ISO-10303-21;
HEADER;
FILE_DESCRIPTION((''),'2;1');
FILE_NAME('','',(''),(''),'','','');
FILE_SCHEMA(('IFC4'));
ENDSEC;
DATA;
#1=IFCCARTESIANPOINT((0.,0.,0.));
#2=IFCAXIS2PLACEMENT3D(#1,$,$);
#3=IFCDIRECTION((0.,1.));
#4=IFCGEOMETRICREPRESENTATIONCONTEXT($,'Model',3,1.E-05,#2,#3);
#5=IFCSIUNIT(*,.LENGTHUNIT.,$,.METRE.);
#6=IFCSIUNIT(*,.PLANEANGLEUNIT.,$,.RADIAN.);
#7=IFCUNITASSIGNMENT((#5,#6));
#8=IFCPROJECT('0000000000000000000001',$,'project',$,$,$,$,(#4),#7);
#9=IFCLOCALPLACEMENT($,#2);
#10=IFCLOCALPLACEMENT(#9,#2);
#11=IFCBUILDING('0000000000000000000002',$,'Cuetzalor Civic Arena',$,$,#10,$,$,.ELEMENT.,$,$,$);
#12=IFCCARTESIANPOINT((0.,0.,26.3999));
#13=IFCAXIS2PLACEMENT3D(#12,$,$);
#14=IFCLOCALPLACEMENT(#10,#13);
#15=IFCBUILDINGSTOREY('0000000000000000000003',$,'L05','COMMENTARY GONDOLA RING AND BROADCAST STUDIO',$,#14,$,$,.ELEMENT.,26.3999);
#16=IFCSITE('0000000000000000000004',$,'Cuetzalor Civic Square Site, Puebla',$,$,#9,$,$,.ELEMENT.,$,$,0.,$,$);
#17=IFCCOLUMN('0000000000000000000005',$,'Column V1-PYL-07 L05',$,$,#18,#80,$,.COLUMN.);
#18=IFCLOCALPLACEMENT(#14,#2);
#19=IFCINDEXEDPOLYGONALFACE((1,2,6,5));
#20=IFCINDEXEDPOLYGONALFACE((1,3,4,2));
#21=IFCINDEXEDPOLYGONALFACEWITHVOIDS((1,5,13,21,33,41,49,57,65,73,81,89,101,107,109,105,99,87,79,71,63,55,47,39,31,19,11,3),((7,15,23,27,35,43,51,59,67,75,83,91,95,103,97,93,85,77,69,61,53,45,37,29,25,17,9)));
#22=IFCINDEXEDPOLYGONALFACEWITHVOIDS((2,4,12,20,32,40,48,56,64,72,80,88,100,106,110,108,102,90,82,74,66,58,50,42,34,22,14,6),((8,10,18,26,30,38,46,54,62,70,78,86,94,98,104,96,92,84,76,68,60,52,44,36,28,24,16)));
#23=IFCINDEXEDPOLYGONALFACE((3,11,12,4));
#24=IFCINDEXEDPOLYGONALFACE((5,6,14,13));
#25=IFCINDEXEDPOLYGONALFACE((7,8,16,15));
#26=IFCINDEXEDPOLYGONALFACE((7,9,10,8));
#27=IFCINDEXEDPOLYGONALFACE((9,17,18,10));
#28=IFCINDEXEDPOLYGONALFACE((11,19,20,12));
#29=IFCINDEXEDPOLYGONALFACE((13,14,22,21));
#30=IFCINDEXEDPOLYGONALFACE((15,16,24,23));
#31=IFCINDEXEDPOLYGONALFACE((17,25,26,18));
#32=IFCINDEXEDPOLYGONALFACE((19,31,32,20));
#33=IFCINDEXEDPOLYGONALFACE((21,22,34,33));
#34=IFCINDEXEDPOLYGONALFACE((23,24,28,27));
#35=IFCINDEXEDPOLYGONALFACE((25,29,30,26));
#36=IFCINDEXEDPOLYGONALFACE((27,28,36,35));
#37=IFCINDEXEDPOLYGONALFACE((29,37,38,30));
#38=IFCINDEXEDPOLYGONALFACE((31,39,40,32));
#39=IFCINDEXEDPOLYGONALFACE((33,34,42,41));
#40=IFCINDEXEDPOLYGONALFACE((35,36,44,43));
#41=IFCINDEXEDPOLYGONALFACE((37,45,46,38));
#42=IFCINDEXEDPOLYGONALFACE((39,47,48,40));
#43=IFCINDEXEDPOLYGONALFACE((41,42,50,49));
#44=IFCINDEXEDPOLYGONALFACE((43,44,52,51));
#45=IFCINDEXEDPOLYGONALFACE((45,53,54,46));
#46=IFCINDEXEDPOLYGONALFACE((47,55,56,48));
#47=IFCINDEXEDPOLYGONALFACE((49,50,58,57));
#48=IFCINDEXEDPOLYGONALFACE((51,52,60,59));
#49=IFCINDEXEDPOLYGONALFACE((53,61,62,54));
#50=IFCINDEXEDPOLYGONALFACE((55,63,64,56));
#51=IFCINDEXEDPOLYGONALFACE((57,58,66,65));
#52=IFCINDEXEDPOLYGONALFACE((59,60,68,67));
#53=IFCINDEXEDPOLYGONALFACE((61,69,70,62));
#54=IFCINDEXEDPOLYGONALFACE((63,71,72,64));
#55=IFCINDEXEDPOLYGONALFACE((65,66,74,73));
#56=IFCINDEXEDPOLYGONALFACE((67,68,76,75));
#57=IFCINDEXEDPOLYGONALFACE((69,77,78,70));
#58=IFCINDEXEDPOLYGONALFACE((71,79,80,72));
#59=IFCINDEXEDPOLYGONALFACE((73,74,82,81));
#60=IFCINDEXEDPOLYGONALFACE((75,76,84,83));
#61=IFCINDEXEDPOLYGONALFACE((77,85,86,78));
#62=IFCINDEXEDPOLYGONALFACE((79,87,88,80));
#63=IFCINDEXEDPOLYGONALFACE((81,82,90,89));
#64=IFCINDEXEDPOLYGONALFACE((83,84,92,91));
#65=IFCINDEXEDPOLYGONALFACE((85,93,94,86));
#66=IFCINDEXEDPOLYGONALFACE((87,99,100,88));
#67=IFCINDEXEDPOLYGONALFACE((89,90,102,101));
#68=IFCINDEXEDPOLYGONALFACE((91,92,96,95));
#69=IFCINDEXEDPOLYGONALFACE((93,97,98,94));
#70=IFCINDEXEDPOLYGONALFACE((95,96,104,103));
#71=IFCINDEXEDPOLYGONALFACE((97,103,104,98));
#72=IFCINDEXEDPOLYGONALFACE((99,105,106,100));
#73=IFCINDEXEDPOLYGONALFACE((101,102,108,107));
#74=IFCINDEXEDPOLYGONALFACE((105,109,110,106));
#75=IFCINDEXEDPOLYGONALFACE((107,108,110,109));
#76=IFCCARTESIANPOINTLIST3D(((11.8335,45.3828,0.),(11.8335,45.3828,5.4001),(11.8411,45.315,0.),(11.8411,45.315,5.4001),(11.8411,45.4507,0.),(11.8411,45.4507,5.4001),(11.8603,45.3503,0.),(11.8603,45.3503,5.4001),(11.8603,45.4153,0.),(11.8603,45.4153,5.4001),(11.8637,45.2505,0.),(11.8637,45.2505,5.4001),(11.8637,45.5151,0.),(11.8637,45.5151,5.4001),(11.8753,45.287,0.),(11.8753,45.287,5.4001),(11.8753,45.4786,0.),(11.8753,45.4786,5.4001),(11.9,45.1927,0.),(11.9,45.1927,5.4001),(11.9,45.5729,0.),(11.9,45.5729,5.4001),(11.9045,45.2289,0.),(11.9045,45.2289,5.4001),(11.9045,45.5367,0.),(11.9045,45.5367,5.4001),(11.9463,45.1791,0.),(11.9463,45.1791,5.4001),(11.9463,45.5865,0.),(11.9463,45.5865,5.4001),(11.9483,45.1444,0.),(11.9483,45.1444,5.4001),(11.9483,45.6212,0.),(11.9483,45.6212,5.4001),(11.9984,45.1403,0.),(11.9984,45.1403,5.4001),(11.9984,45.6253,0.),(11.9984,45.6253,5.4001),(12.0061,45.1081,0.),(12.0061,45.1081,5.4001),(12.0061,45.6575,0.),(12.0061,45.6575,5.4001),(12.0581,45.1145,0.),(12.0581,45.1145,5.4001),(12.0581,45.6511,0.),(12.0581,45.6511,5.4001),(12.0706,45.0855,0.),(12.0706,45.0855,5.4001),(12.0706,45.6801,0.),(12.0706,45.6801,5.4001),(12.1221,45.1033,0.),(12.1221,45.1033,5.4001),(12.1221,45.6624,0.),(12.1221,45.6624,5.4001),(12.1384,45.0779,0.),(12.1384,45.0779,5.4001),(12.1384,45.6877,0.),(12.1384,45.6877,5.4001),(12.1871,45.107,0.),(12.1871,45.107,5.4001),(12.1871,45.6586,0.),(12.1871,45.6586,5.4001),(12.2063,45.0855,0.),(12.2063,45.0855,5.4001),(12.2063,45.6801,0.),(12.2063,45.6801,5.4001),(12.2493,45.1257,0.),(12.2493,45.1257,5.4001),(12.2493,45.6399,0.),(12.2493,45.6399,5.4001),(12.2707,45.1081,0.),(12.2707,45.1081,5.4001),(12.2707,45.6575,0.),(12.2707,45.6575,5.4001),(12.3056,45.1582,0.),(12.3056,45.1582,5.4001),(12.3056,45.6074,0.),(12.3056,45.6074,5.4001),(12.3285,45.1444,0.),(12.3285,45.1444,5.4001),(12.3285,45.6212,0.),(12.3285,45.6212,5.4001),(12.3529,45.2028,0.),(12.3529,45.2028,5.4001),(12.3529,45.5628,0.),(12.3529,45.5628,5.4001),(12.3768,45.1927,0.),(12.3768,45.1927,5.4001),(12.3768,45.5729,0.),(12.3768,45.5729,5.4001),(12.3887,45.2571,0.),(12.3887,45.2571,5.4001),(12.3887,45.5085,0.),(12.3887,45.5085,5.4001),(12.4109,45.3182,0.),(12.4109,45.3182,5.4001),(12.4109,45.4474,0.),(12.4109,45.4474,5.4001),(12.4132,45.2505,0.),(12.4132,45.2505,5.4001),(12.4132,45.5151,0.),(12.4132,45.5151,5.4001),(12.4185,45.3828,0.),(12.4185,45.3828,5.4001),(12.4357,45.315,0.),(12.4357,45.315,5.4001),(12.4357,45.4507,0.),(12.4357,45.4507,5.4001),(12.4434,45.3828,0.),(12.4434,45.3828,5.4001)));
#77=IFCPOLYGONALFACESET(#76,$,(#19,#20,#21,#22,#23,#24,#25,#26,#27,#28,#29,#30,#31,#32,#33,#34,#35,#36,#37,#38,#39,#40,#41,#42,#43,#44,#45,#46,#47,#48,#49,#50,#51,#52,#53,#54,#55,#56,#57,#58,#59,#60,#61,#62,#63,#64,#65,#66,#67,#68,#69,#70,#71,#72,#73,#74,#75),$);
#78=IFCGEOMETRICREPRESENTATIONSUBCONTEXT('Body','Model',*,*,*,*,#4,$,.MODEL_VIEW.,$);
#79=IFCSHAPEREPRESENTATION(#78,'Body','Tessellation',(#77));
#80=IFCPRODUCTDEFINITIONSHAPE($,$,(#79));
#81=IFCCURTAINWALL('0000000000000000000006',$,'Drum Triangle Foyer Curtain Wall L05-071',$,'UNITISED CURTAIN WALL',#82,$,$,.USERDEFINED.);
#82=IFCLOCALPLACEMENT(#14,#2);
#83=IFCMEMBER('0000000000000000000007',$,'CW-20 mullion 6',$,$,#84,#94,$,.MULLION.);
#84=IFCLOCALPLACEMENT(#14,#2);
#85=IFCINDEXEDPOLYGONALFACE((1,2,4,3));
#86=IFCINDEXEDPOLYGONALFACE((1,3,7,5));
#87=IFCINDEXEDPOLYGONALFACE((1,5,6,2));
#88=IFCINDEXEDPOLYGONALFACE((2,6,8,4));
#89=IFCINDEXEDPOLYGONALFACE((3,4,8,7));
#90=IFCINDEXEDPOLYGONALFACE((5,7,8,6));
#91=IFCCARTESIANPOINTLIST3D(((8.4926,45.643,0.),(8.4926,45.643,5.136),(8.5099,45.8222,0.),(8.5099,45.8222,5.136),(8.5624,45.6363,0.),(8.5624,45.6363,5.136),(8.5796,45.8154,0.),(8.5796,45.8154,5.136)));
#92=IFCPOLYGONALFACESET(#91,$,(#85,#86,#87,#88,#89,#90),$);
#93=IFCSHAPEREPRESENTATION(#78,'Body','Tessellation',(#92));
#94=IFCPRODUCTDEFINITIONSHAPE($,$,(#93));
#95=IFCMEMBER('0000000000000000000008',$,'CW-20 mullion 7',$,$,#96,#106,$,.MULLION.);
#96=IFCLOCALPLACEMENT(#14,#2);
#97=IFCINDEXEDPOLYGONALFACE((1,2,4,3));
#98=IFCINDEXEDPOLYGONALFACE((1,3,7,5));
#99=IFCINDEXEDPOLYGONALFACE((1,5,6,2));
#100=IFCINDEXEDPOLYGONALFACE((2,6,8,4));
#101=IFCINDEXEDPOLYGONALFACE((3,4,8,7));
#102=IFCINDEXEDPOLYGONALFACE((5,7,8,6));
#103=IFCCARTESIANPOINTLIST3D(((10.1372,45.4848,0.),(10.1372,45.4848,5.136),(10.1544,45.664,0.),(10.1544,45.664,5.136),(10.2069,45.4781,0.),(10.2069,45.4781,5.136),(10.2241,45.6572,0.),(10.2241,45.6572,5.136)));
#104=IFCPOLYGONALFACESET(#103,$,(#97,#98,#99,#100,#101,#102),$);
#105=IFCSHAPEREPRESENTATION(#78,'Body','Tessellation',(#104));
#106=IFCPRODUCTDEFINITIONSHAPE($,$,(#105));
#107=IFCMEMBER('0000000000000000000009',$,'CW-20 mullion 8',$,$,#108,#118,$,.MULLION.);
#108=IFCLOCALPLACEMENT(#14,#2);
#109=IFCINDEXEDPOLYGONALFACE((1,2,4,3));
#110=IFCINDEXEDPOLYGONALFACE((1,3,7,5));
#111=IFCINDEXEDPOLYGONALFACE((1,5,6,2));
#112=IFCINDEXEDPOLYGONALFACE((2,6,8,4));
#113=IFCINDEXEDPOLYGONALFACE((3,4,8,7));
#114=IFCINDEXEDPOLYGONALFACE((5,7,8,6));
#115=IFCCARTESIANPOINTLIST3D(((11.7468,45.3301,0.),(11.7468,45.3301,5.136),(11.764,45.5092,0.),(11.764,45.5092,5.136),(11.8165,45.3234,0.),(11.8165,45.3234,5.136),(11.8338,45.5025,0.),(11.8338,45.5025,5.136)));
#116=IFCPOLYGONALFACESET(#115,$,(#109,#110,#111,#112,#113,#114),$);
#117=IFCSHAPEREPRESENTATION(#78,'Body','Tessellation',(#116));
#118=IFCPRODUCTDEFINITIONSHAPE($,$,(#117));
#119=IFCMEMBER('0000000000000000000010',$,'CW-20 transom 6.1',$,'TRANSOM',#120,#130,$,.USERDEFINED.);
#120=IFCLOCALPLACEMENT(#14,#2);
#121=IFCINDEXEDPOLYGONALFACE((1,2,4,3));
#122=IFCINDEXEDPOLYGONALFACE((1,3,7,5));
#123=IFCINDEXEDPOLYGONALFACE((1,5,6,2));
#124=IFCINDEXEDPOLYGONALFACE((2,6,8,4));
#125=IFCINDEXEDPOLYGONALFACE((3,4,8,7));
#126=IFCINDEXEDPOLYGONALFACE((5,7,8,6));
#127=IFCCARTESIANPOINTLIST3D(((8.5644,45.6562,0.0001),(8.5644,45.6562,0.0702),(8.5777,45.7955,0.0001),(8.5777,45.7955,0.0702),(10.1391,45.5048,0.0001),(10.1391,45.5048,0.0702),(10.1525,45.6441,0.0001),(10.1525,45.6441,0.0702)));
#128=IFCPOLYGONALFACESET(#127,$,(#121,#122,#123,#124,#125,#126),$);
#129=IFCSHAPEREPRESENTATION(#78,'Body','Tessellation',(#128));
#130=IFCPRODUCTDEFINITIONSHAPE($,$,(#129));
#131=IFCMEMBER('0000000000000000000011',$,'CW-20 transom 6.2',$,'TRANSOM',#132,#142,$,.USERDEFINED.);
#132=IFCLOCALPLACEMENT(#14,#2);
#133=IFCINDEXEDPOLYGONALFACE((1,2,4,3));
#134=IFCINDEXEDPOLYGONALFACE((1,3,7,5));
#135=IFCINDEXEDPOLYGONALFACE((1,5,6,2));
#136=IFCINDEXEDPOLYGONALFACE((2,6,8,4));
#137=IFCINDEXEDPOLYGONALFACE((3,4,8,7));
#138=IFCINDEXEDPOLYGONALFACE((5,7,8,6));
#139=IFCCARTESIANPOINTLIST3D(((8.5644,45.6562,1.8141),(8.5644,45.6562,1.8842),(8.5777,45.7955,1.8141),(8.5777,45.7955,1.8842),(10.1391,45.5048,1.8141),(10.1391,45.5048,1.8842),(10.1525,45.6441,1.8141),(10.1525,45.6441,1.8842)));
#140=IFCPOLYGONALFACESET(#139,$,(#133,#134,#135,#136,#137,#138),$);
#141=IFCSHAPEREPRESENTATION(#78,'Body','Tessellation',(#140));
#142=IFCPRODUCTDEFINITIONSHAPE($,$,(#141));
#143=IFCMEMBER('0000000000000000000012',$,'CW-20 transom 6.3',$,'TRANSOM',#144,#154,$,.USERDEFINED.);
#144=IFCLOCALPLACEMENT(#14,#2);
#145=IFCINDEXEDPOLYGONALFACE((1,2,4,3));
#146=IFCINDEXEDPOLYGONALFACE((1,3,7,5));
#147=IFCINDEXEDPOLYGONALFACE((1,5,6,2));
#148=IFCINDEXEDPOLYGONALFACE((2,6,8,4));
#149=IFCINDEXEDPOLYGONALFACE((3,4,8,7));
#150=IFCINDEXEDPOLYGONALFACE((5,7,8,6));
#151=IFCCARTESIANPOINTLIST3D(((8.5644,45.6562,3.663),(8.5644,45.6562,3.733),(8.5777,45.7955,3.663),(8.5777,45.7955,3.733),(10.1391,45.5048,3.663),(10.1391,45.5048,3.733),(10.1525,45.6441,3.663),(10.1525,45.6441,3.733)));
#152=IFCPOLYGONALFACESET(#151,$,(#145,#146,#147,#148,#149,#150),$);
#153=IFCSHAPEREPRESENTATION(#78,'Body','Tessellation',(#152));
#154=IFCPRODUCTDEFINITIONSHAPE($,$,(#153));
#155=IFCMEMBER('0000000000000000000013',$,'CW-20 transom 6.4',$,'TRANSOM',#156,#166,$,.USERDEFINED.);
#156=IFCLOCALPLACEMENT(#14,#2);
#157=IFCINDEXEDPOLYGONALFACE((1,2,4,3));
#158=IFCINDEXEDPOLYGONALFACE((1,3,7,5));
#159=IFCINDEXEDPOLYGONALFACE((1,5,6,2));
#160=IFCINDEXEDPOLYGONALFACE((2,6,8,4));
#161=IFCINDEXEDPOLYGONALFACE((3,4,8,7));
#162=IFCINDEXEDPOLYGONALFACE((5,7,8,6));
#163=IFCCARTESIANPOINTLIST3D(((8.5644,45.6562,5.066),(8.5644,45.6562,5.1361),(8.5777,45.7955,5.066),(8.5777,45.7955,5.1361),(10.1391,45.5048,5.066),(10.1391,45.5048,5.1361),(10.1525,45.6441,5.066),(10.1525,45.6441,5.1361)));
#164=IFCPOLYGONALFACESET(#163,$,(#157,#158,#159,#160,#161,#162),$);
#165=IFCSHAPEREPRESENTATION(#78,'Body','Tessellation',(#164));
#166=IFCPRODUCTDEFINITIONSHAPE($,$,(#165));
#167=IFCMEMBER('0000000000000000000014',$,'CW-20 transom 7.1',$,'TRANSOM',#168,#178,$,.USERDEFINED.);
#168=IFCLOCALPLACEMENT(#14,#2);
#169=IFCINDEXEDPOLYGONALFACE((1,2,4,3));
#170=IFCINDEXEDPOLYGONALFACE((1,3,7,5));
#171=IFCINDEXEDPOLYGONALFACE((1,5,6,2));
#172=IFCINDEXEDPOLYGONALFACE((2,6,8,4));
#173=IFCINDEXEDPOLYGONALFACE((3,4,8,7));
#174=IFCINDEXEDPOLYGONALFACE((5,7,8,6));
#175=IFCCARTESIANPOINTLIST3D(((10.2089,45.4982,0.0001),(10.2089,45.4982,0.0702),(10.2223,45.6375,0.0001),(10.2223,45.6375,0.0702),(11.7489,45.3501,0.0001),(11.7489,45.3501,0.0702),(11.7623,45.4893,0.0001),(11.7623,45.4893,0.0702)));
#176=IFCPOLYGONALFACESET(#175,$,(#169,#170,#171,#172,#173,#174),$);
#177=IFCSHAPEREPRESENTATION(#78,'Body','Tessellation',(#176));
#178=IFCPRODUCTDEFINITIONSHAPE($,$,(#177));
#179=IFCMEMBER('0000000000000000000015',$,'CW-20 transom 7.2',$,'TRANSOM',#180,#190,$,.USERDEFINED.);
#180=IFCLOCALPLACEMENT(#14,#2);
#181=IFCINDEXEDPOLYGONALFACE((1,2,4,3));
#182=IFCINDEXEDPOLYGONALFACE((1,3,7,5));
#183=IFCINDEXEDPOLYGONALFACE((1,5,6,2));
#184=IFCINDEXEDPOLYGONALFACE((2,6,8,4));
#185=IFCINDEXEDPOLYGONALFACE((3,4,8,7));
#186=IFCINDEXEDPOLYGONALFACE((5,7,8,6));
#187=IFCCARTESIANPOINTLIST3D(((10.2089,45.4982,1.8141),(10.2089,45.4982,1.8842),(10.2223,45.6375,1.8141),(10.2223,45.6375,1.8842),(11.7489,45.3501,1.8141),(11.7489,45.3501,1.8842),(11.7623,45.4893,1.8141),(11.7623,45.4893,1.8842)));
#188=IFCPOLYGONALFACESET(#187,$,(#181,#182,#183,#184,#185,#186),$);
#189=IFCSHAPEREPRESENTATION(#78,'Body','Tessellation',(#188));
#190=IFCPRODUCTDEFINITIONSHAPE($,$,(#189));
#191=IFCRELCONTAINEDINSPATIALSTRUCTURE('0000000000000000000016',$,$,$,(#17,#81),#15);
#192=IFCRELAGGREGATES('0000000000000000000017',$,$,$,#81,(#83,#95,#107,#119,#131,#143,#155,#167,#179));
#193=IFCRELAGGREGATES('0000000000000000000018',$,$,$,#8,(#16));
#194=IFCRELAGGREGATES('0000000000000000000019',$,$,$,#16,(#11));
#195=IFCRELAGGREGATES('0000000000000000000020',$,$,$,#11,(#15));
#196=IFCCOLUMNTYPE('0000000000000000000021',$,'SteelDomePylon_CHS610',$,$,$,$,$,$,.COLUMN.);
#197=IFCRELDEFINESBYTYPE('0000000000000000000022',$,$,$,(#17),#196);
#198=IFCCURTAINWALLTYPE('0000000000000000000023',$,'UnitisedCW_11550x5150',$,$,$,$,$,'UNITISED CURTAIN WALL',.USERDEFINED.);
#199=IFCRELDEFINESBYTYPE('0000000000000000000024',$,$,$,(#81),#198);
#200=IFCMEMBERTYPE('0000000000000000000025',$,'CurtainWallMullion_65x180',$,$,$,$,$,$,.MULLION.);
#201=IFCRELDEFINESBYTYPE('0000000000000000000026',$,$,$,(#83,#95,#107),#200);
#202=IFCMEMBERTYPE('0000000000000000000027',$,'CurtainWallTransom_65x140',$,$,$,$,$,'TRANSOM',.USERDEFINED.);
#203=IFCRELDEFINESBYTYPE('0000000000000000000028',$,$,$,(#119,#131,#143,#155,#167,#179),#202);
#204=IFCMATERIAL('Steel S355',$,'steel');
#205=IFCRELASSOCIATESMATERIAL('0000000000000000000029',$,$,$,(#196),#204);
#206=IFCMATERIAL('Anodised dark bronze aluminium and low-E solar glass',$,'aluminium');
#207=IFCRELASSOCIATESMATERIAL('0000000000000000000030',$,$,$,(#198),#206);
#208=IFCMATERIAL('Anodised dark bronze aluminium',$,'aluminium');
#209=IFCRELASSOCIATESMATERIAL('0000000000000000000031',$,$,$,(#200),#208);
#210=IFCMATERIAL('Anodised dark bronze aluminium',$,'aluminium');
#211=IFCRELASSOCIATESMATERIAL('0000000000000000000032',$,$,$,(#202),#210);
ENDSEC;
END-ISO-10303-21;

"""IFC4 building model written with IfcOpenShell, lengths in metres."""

from ifc_helpers import new_model, si_unit, direction, frame, origin, origin_2d, place, context, subcontext, project, spatial, rectangle, hollow_circle, extrude, material, material_profile, profile_set, type_object, element, aggregate, save


model = new_model("IFC4")

# Units and contexts
model_context = context("Model", 3, precision=1e-05, world=origin(), true_north=direction((0.0, 1.0)))
body_context = subcontext(model_context, "Body", "Model", "MODEL_VIEW")
ifc_project = project(units=[si_unit("LENGTHUNIT", "METRE"), si_unit("PLANEANGLEUNIT", "RADIAN")], contexts=[model_context])

# Site, building, storey
site_placement = place(None, origin())
site = spatial("IfcSite", under=ifc_project, at=site_placement, Name="Cuetzalor Civic Square Site, Puebla", CompositionType="ELEMENT", RefElevation=0.0)
building_placement = place(site_placement, origin())
building = spatial("IfcBuilding", under=site, at=building_placement, Name="Cuetzalor Civic Arena", CompositionType="ELEMENT")
storey_placement = place(building_placement, frame((0.0, 0.0, 26.3999)))
storey = spatial("IfcBuildingStorey", under=building, at=storey_placement, Name="L05", Description="COMMENTARY GONDOLA RING AND BROADCAST STUDIO", CompositionType="ELEMENT", Elevation=26.3999)

# Column
ifc_material_1 = material(Name="Steel S355", Category="steel")
ifc_material_profile_1 = material_profile(ifc_material_1, hollow_circle(Radius=0.3049, WallThickness=0.0249, at=origin_2d()), Name="CHS 610x25")
ifc_profile_set_1 = profile_set([ifc_material_profile_1], Name="Steel S355")
column_type = type_object("IfcColumnType", Name="SteelDomePylon_CHS610", PredefinedType="COLUMN", material=ifc_profile_set_1)
column_placement = place(storey_placement, frame((12.1384, 45.3828, 0.0), z_axis=(0.0, 0.0, 1.0), x_axis=(1.0, 0.0, 0.0)))
element("IfcColumn", 1, at=column_placement, inside=storey, type_object=column_type, Name="Column V1-PYL-07 L05", PredefinedType="COLUMN", context=body_context, shape_type="SweptSolid", body=[
    extrude(hollow_circle(Radius=0.3049, WallThickness=0.0249, at=origin_2d()), origin(), (0.0, 0.0, 1.0), 5.4001),
])

# Curtain wall, members
ifc_material_2 = material(Name="Anodised dark bronze aluminium and low-E solar glass", Category="aluminium")
curtain_wall_type = type_object("IfcCurtainWallType", Name="UnitisedCW_11550x5150", ElementType="UNITISED CURTAIN WALL", PredefinedType="USERDEFINED", material=ifc_material_2)
curtain_wall_placement = place(storey_placement, origin())
curtain_wall = element("IfcCurtainWall", 2, at=curtain_wall_placement, inside=storey, type_object=curtain_wall_type, Name="Drum Triangle Foyer Curtain Wall L05-071", ObjectType="UNITISED CURTAIN WALL", PredefinedType="USERDEFINED")
ifc_material_3 = material(Name="Anodised dark bronze aluminium", Category="aluminium")
ifc_material_profile_2 = material_profile(ifc_material_3, rectangle(XDim=0.0701, YDim=0.1799, at=origin_2d()), Name="ALU MULLION 70x180")
ifc_profile_set_2 = profile_set([ifc_material_profile_2], Name="Anodised dark bronze aluminium")
member_type_1 = type_object("IfcMemberType", Name="CurtainWallMullion_65x180", PredefinedType="MULLION", material=ifc_profile_set_2)
member_1_placement = place(storey_placement, frame((8.5361, 45.7292, 0.0), z_axis=(0.0, 0.0, 1.0), x_axis=(0.995409, -0.095711, 0.0)))
member_1 = element("IfcMember", 3, at=member_1_placement, type_object=member_type_1, Name="CW-20 mullion 6", PredefinedType="MULLION", context=body_context, shape_type="SweptSolid", body=[
    extrude(rectangle(XDim=0.0701, YDim=0.1799, at=origin_2d()), origin(), (0.0, 0.0, 1.0), 5.136),
])
member_2_placement = place(storey_placement, frame((10.1807, 45.571, 0.0), z_axis=(0.0, 0.0, 1.0), x_axis=(0.995409, -0.095711, 0.0)))
member_2 = element("IfcMember", 4, at=member_2_placement, type_object=member_type_1, Name="CW-20 mullion 7", PredefinedType="MULLION", context=body_context, shape_type="SweptSolid", body=[
    extrude(rectangle(XDim=0.0701, YDim=0.1799, at=origin_2d()), origin(), (0.0, 0.0, 1.0), 5.136),
])
member_3_placement = place(storey_placement, frame((11.7903, 45.4163, 0.0), z_axis=(0.0, 0.0, 1.0), x_axis=(0.995409, -0.095711, 0.0)))
member_3 = element("IfcMember", 5, at=member_3_placement, type_object=member_type_1, Name="CW-20 mullion 8", PredefinedType="MULLION", context=body_context, shape_type="SweptSolid", body=[
    extrude(rectangle(XDim=0.0701, YDim=0.1799, at=origin_2d()), origin(), (0.0, 0.0, 1.0), 5.136),
])
ifc_material_4 = material(Name="Anodised dark bronze aluminium", Category="aluminium")
ifc_material_profile_3 = material_profile(ifc_material_4, rectangle(XDim=0.1399, YDim=0.0701, at=origin_2d()), Name="ALU TRANSOM 70x140")
ifc_profile_set_3 = profile_set([ifc_material_profile_3], Name="Anodised dark bronze aluminium")
member_type_2 = type_object("IfcMemberType", Name="CurtainWallTransom_65x140", ElementType="TRANSOM", PredefinedType="USERDEFINED", material=ifc_profile_set_3)
member_4_placement = place(storey_placement, frame((8.571, 45.7258, 0.0352), z_axis=(0.995412, -0.095683, 0.0), x_axis=(0.095683, 0.995412, 0.0)))
member_4 = element("IfcMember", 6, at=member_4_placement, type_object=member_type_2, Name="CW-20 transom 6.1", ObjectType="TRANSOM", PredefinedType="USERDEFINED", context=body_context, shape_type="SweptSolid", body=[
    extrude(rectangle(XDim=0.1399, YDim=0.0701, at=origin_2d()), origin(), (0.0, 0.0, 1.0), 1.582),
])
member_5_placement = place(storey_placement, frame((8.571, 45.7258, 1.8491), z_axis=(0.995412, -0.095683, 0.0), x_axis=(0.095683, 0.995412, 0.0)))
member_5 = element("IfcMember", 7, at=member_5_placement, type_object=member_type_2, Name="CW-20 transom 6.2", ObjectType="TRANSOM", PredefinedType="USERDEFINED", context=body_context, shape_type="SweptSolid", body=[
    extrude(rectangle(XDim=0.1399, YDim=0.0701, at=origin_2d()), origin(), (0.0, 0.0, 1.0), 1.582),
])
member_6_placement = place(storey_placement, frame((8.571, 45.7258, 3.698), z_axis=(0.995412, -0.095683, 0.0), x_axis=(0.095683, 0.995412, 0.0)))
member_6 = element("IfcMember", 8, at=member_6_placement, type_object=member_type_2, Name="CW-20 transom 6.3", ObjectType="TRANSOM", PredefinedType="USERDEFINED", context=body_context, shape_type="SweptSolid", body=[
    extrude(rectangle(XDim=0.1399, YDim=0.0701, at=origin_2d()), origin(), (0.0, 0.0, 1.0), 1.582),
])
member_7_placement = place(storey_placement, frame((8.571, 45.7258, 5.1011), z_axis=(0.995412, -0.095683, 0.0), x_axis=(0.095683, 0.995412, 0.0)))
member_7 = element("IfcMember", 9, at=member_7_placement, type_object=member_type_2, Name="CW-20 transom 6.4", ObjectType="TRANSOM", PredefinedType="USERDEFINED", context=body_context, shape_type="SweptSolid", body=[
    extrude(rectangle(XDim=0.1399, YDim=0.0701, at=origin_2d()), origin(), (0.0, 0.0, 1.0), 1.582),
])
member_8_placement = place(storey_placement, frame((10.2156, 45.5679, 0.0352), z_axis=(0.995402, -0.095785, 0.0), x_axis=(0.095785, 0.995402, 0.0)))
member_8 = element("IfcMember", 10, at=member_8_placement, type_object=member_type_2, Name="CW-20 transom 7.1", ObjectType="TRANSOM", PredefinedType="USERDEFINED", context=body_context, shape_type="SweptSolid", body=[
    extrude(rectangle(XDim=0.1399, YDim=0.0701, at=origin_2d()), origin(), (0.0, 0.0, 1.0), 1.5471),
])
member_9_placement = place(storey_placement, frame((10.2156, 45.5679, 1.8491), z_axis=(0.995402, -0.095785, 0.0), x_axis=(0.095785, 0.995402, 0.0)))
member_9 = element("IfcMember", 11, at=member_9_placement, type_object=member_type_2, Name="CW-20 transom 7.2", ObjectType="TRANSOM", PredefinedType="USERDEFINED", context=body_context, shape_type="SweptSolid", body=[
    extrude(rectangle(XDim=0.1399, YDim=0.0701, at=origin_2d()), origin(), (0.0, 0.0, 1.0), 1.5471),
])
aggregate(curtain_wall, [member_1, member_2, member_3, member_4, member_5, member_6, member_7, member_8, member_9])

save(model, "model.ifc")
